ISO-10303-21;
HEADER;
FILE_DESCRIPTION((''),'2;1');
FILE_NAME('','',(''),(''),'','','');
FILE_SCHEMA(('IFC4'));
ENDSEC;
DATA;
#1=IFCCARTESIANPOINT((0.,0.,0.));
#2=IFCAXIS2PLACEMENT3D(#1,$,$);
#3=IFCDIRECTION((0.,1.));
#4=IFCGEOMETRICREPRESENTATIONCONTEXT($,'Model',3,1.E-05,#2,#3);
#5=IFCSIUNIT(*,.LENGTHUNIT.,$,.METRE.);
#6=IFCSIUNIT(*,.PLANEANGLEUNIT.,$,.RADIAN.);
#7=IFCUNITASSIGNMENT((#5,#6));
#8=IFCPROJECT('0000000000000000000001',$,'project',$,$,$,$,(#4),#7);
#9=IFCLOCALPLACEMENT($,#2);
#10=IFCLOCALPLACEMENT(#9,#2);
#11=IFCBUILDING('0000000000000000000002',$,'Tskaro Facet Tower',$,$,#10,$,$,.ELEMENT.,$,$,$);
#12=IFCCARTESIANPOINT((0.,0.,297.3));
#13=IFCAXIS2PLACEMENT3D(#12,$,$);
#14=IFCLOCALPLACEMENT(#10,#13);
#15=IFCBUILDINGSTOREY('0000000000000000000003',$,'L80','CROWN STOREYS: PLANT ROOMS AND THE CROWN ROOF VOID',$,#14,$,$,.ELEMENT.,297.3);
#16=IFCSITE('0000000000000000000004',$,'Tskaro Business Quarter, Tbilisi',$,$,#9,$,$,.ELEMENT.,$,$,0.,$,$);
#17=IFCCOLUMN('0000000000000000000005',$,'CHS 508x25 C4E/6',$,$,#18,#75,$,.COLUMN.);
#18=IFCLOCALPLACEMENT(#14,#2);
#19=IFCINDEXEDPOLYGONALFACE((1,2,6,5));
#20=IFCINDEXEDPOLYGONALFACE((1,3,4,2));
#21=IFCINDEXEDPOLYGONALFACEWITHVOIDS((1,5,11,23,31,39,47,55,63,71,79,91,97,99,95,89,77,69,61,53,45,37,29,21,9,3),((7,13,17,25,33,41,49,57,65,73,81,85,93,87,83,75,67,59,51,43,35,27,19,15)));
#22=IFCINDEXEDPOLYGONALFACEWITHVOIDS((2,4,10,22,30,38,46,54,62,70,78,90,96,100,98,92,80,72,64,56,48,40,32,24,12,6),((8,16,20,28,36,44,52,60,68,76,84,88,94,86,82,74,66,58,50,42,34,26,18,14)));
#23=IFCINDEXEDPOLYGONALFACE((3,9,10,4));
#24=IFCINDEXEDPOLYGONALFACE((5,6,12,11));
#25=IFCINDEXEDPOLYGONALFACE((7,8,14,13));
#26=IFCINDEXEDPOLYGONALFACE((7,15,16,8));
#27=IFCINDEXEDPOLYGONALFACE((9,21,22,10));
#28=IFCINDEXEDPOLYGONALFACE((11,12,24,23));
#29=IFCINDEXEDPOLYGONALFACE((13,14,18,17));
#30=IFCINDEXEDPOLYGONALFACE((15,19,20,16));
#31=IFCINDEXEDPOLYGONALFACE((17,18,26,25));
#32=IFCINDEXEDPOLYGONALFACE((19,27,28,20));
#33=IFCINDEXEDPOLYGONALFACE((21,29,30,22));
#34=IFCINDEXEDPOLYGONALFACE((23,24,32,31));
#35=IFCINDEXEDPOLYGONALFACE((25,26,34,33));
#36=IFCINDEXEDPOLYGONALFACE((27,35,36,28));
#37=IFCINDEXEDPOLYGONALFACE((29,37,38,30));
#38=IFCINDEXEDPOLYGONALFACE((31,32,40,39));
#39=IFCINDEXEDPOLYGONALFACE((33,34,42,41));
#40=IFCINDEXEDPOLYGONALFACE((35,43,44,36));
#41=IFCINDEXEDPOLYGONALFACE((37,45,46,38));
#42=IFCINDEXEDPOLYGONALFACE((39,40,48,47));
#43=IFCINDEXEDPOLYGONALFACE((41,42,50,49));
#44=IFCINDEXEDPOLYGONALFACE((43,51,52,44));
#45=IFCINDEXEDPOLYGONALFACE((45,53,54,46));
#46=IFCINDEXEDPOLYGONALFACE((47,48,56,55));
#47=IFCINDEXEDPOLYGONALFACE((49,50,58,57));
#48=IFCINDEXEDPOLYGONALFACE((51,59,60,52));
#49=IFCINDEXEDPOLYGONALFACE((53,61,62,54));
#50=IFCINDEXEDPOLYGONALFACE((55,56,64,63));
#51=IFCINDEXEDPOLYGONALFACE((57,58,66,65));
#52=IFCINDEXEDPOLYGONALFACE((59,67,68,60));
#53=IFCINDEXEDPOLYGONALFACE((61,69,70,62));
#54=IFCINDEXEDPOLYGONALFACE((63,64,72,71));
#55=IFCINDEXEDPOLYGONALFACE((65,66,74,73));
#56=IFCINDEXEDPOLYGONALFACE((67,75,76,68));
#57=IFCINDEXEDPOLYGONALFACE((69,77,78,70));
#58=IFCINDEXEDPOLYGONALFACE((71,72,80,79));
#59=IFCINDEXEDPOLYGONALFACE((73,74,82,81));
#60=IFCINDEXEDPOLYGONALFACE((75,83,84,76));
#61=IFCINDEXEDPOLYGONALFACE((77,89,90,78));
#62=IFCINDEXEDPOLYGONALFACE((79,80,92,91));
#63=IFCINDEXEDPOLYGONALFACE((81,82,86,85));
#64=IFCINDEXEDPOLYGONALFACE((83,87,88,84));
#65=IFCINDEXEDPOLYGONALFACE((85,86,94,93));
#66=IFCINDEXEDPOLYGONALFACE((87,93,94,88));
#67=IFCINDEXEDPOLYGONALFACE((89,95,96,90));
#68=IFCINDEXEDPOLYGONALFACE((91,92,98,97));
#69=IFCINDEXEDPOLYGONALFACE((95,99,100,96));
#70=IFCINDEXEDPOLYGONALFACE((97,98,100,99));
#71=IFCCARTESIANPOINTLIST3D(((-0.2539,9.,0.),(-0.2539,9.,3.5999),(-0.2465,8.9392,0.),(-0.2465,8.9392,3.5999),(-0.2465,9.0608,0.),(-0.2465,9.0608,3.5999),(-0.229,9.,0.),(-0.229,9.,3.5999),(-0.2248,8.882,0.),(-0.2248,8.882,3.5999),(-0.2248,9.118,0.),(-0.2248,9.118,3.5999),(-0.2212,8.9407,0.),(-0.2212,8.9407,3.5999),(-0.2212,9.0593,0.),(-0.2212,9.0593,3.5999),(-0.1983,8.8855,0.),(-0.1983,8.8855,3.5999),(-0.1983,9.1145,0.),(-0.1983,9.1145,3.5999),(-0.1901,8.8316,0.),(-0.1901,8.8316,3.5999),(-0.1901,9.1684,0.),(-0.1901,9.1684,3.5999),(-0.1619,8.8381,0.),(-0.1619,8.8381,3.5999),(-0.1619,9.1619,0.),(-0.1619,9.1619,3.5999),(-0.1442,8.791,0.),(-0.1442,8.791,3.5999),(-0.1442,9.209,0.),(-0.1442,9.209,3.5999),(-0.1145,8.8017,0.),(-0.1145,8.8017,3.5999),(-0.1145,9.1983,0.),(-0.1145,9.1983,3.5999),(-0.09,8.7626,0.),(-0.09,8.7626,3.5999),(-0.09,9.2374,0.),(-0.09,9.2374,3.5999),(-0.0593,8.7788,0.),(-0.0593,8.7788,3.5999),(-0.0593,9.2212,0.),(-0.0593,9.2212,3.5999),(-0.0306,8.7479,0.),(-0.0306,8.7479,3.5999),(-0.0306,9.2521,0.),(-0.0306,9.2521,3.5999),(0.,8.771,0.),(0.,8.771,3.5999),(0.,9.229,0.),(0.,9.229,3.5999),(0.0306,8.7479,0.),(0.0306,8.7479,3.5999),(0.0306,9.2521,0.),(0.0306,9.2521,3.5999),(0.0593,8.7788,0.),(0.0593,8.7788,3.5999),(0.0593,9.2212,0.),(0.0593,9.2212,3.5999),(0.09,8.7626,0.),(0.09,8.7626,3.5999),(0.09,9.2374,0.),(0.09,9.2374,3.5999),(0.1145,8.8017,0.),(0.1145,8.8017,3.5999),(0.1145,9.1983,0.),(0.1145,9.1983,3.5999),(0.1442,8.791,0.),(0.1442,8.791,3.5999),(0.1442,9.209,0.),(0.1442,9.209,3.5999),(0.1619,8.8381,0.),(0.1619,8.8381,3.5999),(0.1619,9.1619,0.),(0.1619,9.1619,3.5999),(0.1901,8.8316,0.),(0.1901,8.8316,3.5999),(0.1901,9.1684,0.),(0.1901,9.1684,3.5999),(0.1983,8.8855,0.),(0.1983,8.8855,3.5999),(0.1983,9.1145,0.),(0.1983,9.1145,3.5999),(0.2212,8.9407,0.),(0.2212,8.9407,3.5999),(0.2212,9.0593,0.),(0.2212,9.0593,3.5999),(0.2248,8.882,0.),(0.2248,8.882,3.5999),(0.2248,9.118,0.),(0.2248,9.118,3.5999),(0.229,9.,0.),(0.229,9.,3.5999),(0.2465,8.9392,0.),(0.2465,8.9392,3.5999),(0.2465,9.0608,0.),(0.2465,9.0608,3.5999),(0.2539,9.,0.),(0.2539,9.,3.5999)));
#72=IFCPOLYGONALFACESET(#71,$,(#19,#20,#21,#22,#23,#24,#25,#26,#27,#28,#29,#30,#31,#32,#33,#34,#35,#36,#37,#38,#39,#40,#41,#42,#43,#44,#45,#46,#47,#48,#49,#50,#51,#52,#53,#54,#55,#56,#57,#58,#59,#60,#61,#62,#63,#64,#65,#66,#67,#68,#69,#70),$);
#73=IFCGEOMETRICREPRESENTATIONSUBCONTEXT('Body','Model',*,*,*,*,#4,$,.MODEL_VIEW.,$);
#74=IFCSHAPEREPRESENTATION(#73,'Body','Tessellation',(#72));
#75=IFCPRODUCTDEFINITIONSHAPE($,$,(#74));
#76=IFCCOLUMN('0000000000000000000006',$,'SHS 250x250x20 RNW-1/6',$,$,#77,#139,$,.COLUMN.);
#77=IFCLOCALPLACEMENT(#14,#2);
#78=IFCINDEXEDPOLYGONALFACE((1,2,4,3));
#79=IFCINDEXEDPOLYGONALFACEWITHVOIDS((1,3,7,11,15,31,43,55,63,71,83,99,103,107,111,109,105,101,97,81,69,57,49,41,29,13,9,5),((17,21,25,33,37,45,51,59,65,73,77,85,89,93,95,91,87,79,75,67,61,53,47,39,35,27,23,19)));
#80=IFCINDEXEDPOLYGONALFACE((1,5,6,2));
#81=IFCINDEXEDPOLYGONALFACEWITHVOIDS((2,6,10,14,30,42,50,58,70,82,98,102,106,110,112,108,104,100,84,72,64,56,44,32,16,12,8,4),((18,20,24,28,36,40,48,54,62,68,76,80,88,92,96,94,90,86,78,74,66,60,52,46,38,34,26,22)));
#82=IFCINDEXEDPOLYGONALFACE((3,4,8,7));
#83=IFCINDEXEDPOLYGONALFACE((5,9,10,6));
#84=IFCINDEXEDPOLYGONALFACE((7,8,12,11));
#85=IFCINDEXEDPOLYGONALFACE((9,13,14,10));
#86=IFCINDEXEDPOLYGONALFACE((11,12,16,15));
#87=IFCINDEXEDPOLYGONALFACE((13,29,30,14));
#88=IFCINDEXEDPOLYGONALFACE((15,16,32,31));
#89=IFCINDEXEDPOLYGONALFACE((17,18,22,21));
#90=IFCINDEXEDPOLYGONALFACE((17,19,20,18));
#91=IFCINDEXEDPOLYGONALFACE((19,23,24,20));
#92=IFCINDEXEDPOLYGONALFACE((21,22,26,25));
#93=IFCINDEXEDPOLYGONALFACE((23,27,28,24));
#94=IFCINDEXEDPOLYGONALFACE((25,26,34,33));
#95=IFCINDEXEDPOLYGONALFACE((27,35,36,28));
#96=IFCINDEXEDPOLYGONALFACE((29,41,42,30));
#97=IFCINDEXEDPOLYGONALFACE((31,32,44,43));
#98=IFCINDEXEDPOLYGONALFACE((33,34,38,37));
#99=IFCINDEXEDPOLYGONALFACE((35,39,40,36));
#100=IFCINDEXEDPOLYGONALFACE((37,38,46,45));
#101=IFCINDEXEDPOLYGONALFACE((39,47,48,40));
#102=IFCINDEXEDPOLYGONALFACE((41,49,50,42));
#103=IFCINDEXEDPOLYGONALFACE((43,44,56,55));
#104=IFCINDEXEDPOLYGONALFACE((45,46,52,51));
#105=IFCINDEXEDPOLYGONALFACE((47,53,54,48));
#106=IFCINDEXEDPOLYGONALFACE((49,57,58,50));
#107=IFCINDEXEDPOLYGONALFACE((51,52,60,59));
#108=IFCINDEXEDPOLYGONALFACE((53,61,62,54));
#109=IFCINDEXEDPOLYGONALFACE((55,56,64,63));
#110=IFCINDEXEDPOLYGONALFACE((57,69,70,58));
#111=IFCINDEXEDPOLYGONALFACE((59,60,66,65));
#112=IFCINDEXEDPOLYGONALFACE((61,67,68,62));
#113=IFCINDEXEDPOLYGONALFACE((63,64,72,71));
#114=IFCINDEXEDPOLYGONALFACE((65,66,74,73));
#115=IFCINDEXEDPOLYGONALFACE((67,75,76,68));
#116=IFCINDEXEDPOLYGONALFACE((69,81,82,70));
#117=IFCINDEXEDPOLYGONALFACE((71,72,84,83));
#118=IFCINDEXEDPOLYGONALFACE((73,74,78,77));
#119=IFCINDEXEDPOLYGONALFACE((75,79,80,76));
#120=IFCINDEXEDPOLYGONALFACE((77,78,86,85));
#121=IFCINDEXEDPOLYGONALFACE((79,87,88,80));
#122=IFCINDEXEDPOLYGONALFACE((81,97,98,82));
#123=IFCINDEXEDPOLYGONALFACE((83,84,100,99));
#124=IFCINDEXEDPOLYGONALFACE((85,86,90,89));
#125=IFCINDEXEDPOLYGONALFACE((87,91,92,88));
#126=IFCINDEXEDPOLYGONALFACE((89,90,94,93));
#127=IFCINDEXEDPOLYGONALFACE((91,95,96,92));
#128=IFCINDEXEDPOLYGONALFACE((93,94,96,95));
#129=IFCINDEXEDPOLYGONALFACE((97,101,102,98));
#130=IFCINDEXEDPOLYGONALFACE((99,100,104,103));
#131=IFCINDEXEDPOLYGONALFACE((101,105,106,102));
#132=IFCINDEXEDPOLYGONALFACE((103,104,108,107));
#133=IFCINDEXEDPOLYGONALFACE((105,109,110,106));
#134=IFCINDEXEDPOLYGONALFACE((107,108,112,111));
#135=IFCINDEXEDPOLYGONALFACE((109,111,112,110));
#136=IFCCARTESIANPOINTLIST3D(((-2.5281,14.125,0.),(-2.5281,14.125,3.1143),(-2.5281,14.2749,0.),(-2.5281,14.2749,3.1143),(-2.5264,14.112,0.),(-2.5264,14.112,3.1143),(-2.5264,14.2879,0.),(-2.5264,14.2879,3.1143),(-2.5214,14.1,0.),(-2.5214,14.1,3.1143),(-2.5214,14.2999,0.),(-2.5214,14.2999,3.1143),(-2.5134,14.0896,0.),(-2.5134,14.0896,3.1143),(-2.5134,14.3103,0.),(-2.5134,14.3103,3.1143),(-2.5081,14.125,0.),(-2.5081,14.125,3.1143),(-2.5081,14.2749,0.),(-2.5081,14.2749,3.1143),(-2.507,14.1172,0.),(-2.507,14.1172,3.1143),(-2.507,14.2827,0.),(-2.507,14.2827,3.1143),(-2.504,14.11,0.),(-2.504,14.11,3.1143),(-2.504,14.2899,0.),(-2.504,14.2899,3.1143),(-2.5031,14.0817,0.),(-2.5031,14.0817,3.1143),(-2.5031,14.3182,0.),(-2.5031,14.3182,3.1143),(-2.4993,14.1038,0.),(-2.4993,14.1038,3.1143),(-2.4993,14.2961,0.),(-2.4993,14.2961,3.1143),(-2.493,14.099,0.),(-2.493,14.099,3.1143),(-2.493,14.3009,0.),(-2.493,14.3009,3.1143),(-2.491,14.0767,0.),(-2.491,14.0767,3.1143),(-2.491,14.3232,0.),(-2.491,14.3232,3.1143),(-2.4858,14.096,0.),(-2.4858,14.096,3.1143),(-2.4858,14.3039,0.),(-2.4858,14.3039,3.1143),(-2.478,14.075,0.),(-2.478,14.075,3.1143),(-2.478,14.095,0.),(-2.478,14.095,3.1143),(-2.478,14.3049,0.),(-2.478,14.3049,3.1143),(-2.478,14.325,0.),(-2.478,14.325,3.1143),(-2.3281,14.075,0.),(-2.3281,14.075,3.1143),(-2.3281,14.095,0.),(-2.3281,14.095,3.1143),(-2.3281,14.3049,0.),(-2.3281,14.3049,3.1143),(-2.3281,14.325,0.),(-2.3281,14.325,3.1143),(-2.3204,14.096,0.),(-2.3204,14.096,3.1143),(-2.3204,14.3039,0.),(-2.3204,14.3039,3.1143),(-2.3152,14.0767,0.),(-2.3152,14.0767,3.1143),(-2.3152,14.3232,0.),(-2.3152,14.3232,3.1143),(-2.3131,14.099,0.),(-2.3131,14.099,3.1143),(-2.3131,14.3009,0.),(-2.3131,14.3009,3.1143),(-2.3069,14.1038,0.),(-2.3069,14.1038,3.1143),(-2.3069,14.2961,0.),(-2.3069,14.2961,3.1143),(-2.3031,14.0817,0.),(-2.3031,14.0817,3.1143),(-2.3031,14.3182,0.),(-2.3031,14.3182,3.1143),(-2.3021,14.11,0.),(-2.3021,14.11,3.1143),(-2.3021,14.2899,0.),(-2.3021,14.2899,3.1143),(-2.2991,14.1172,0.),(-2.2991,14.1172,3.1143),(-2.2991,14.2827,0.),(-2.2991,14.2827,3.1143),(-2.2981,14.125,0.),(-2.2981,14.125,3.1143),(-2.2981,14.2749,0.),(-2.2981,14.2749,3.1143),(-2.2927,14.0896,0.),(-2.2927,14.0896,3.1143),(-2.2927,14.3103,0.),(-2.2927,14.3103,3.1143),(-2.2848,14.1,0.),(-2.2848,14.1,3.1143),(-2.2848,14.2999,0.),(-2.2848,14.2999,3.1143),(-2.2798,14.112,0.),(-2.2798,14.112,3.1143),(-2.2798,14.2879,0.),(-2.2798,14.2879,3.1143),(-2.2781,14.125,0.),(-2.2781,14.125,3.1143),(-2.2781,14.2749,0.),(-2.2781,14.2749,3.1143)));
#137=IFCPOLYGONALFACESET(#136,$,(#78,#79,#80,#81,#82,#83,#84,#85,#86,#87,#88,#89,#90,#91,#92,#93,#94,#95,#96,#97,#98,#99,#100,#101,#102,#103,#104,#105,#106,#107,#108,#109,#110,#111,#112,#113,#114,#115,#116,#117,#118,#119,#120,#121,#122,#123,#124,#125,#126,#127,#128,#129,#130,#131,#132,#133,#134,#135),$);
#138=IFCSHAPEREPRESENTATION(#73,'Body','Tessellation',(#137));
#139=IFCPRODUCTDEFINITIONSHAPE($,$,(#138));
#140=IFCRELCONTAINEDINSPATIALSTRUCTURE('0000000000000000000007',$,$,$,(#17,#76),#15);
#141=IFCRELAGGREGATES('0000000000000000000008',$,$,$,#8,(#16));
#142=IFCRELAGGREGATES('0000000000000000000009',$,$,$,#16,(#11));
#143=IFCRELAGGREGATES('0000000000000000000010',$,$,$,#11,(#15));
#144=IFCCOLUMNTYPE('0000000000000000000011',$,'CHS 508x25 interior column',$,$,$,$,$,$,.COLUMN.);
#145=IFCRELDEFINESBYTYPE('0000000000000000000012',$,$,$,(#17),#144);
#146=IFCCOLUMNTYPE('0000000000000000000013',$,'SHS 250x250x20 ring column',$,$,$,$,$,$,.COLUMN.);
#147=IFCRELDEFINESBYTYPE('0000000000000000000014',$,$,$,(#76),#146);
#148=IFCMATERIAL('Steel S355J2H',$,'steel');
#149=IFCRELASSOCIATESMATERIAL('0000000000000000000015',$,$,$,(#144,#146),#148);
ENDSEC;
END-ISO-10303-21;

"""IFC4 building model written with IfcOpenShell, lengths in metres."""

from ifc_helpers import new_model, si_unit, direction, frame, origin, origin_2d, place, context, subcontext, project, spatial, hollow_rectangle, hollow_circle, extrude, material, material_profile, profile_set, type_object, element, save


model = new_model("IFC4")

# Units and contexts
model_context = context("Model", 3, precision=1e-05, world=origin(), true_north=direction((0.0, 1.0)))
body_context = subcontext(model_context, "Body", "Model", "MODEL_VIEW")
ifc_project = project(units=[si_unit("LENGTHUNIT", "METRE"), si_unit("PLANEANGLEUNIT", "RADIAN")], contexts=[model_context])

# Site, building, storey
site_placement = place(None, origin())
site = spatial("IfcSite", under=ifc_project, at=site_placement, Name="Tskaro Business Quarter, Tbilisi", CompositionType="ELEMENT", RefElevation=0.0)
building_placement = place(site_placement, origin())
building = spatial("IfcBuilding", under=site, at=building_placement, Name="Tskaro Facet Tower", CompositionType="ELEMENT")
storey_placement = place(building_placement, frame((0.0, 0.0, 297.3)))
storey = spatial("IfcBuildingStorey", under=building, at=storey_placement, Name="L80", Description="CROWN STOREYS: PLANT ROOMS AND THE CROWN ROOF VOID", CompositionType="ELEMENT", Elevation=297.3)

# Columns
ifc_material_1 = material(Name="Steel S355J2H", Category="steel")
ifc_material_profile_1 = material_profile(ifc_material_1, hollow_circle(Radius=0.2539, WallThickness=0.0249, at=origin_2d()), Name="CHS 508x25")
ifc_profile_set_1 = profile_set([ifc_material_profile_1], Name="Steel S355J2H")
column_type_1 = type_object("IfcColumnType", Name="CHS 508x25 interior column", PredefinedType="COLUMN", material=ifc_profile_set_1)
column_1_placement = place(storey_placement, frame((0.0, 9.0, 0.0), z_axis=(0.0, 0.0, 1.0), x_axis=(1.0, 0.0, 0.0)))
element("IfcColumn", 1, at=column_1_placement, inside=storey, type_object=column_type_1, Name="CHS 508x25 C4E/6", PredefinedType="COLUMN", context=body_context, shape_type="SweptSolid", body=[
    extrude(hollow_circle(Radius=0.2539, WallThickness=0.0249, at=origin_2d()), origin(), (0.0, 0.0, 1.0), 3.5999),
])
ifc_material_profile_2 = material_profile(ifc_material_1, hollow_rectangle(XDim=0.25, YDim=0.25, WallThickness=0.02, InnerFilletRadius=0.03, OuterFilletRadius=0.05, at=origin_2d()), Name="SHS 250x250x20")
ifc_profile_set_2 = profile_set([ifc_material_profile_2], Name="Steel S355J2H")
column_type_2 = type_object("IfcColumnType", Name="SHS 250x250x20 ring column", PredefinedType="COLUMN", material=ifc_profile_set_2)
column_2_placement = place(storey_placement, frame((-2.4031, 14.2, 0.0), z_axis=(0.0, 0.0, 1.0), x_axis=(1.0, 0.0, 0.0)))
element("IfcColumn", 2, at=column_2_placement, inside=storey, type_object=column_type_2, Name="SHS 250x250x20 RNW-1/6", PredefinedType="COLUMN", context=body_context, shape_type="SweptSolid", body=[
    extrude(hollow_rectangle(XDim=0.25, YDim=0.25, WallThickness=0.02, InnerFilletRadius=0.03, OuterFilletRadius=0.05, at=origin_2d()), origin(), (0.0, 0.0, 1.0), 3.1143),
])

save(model, "model.ifc")
